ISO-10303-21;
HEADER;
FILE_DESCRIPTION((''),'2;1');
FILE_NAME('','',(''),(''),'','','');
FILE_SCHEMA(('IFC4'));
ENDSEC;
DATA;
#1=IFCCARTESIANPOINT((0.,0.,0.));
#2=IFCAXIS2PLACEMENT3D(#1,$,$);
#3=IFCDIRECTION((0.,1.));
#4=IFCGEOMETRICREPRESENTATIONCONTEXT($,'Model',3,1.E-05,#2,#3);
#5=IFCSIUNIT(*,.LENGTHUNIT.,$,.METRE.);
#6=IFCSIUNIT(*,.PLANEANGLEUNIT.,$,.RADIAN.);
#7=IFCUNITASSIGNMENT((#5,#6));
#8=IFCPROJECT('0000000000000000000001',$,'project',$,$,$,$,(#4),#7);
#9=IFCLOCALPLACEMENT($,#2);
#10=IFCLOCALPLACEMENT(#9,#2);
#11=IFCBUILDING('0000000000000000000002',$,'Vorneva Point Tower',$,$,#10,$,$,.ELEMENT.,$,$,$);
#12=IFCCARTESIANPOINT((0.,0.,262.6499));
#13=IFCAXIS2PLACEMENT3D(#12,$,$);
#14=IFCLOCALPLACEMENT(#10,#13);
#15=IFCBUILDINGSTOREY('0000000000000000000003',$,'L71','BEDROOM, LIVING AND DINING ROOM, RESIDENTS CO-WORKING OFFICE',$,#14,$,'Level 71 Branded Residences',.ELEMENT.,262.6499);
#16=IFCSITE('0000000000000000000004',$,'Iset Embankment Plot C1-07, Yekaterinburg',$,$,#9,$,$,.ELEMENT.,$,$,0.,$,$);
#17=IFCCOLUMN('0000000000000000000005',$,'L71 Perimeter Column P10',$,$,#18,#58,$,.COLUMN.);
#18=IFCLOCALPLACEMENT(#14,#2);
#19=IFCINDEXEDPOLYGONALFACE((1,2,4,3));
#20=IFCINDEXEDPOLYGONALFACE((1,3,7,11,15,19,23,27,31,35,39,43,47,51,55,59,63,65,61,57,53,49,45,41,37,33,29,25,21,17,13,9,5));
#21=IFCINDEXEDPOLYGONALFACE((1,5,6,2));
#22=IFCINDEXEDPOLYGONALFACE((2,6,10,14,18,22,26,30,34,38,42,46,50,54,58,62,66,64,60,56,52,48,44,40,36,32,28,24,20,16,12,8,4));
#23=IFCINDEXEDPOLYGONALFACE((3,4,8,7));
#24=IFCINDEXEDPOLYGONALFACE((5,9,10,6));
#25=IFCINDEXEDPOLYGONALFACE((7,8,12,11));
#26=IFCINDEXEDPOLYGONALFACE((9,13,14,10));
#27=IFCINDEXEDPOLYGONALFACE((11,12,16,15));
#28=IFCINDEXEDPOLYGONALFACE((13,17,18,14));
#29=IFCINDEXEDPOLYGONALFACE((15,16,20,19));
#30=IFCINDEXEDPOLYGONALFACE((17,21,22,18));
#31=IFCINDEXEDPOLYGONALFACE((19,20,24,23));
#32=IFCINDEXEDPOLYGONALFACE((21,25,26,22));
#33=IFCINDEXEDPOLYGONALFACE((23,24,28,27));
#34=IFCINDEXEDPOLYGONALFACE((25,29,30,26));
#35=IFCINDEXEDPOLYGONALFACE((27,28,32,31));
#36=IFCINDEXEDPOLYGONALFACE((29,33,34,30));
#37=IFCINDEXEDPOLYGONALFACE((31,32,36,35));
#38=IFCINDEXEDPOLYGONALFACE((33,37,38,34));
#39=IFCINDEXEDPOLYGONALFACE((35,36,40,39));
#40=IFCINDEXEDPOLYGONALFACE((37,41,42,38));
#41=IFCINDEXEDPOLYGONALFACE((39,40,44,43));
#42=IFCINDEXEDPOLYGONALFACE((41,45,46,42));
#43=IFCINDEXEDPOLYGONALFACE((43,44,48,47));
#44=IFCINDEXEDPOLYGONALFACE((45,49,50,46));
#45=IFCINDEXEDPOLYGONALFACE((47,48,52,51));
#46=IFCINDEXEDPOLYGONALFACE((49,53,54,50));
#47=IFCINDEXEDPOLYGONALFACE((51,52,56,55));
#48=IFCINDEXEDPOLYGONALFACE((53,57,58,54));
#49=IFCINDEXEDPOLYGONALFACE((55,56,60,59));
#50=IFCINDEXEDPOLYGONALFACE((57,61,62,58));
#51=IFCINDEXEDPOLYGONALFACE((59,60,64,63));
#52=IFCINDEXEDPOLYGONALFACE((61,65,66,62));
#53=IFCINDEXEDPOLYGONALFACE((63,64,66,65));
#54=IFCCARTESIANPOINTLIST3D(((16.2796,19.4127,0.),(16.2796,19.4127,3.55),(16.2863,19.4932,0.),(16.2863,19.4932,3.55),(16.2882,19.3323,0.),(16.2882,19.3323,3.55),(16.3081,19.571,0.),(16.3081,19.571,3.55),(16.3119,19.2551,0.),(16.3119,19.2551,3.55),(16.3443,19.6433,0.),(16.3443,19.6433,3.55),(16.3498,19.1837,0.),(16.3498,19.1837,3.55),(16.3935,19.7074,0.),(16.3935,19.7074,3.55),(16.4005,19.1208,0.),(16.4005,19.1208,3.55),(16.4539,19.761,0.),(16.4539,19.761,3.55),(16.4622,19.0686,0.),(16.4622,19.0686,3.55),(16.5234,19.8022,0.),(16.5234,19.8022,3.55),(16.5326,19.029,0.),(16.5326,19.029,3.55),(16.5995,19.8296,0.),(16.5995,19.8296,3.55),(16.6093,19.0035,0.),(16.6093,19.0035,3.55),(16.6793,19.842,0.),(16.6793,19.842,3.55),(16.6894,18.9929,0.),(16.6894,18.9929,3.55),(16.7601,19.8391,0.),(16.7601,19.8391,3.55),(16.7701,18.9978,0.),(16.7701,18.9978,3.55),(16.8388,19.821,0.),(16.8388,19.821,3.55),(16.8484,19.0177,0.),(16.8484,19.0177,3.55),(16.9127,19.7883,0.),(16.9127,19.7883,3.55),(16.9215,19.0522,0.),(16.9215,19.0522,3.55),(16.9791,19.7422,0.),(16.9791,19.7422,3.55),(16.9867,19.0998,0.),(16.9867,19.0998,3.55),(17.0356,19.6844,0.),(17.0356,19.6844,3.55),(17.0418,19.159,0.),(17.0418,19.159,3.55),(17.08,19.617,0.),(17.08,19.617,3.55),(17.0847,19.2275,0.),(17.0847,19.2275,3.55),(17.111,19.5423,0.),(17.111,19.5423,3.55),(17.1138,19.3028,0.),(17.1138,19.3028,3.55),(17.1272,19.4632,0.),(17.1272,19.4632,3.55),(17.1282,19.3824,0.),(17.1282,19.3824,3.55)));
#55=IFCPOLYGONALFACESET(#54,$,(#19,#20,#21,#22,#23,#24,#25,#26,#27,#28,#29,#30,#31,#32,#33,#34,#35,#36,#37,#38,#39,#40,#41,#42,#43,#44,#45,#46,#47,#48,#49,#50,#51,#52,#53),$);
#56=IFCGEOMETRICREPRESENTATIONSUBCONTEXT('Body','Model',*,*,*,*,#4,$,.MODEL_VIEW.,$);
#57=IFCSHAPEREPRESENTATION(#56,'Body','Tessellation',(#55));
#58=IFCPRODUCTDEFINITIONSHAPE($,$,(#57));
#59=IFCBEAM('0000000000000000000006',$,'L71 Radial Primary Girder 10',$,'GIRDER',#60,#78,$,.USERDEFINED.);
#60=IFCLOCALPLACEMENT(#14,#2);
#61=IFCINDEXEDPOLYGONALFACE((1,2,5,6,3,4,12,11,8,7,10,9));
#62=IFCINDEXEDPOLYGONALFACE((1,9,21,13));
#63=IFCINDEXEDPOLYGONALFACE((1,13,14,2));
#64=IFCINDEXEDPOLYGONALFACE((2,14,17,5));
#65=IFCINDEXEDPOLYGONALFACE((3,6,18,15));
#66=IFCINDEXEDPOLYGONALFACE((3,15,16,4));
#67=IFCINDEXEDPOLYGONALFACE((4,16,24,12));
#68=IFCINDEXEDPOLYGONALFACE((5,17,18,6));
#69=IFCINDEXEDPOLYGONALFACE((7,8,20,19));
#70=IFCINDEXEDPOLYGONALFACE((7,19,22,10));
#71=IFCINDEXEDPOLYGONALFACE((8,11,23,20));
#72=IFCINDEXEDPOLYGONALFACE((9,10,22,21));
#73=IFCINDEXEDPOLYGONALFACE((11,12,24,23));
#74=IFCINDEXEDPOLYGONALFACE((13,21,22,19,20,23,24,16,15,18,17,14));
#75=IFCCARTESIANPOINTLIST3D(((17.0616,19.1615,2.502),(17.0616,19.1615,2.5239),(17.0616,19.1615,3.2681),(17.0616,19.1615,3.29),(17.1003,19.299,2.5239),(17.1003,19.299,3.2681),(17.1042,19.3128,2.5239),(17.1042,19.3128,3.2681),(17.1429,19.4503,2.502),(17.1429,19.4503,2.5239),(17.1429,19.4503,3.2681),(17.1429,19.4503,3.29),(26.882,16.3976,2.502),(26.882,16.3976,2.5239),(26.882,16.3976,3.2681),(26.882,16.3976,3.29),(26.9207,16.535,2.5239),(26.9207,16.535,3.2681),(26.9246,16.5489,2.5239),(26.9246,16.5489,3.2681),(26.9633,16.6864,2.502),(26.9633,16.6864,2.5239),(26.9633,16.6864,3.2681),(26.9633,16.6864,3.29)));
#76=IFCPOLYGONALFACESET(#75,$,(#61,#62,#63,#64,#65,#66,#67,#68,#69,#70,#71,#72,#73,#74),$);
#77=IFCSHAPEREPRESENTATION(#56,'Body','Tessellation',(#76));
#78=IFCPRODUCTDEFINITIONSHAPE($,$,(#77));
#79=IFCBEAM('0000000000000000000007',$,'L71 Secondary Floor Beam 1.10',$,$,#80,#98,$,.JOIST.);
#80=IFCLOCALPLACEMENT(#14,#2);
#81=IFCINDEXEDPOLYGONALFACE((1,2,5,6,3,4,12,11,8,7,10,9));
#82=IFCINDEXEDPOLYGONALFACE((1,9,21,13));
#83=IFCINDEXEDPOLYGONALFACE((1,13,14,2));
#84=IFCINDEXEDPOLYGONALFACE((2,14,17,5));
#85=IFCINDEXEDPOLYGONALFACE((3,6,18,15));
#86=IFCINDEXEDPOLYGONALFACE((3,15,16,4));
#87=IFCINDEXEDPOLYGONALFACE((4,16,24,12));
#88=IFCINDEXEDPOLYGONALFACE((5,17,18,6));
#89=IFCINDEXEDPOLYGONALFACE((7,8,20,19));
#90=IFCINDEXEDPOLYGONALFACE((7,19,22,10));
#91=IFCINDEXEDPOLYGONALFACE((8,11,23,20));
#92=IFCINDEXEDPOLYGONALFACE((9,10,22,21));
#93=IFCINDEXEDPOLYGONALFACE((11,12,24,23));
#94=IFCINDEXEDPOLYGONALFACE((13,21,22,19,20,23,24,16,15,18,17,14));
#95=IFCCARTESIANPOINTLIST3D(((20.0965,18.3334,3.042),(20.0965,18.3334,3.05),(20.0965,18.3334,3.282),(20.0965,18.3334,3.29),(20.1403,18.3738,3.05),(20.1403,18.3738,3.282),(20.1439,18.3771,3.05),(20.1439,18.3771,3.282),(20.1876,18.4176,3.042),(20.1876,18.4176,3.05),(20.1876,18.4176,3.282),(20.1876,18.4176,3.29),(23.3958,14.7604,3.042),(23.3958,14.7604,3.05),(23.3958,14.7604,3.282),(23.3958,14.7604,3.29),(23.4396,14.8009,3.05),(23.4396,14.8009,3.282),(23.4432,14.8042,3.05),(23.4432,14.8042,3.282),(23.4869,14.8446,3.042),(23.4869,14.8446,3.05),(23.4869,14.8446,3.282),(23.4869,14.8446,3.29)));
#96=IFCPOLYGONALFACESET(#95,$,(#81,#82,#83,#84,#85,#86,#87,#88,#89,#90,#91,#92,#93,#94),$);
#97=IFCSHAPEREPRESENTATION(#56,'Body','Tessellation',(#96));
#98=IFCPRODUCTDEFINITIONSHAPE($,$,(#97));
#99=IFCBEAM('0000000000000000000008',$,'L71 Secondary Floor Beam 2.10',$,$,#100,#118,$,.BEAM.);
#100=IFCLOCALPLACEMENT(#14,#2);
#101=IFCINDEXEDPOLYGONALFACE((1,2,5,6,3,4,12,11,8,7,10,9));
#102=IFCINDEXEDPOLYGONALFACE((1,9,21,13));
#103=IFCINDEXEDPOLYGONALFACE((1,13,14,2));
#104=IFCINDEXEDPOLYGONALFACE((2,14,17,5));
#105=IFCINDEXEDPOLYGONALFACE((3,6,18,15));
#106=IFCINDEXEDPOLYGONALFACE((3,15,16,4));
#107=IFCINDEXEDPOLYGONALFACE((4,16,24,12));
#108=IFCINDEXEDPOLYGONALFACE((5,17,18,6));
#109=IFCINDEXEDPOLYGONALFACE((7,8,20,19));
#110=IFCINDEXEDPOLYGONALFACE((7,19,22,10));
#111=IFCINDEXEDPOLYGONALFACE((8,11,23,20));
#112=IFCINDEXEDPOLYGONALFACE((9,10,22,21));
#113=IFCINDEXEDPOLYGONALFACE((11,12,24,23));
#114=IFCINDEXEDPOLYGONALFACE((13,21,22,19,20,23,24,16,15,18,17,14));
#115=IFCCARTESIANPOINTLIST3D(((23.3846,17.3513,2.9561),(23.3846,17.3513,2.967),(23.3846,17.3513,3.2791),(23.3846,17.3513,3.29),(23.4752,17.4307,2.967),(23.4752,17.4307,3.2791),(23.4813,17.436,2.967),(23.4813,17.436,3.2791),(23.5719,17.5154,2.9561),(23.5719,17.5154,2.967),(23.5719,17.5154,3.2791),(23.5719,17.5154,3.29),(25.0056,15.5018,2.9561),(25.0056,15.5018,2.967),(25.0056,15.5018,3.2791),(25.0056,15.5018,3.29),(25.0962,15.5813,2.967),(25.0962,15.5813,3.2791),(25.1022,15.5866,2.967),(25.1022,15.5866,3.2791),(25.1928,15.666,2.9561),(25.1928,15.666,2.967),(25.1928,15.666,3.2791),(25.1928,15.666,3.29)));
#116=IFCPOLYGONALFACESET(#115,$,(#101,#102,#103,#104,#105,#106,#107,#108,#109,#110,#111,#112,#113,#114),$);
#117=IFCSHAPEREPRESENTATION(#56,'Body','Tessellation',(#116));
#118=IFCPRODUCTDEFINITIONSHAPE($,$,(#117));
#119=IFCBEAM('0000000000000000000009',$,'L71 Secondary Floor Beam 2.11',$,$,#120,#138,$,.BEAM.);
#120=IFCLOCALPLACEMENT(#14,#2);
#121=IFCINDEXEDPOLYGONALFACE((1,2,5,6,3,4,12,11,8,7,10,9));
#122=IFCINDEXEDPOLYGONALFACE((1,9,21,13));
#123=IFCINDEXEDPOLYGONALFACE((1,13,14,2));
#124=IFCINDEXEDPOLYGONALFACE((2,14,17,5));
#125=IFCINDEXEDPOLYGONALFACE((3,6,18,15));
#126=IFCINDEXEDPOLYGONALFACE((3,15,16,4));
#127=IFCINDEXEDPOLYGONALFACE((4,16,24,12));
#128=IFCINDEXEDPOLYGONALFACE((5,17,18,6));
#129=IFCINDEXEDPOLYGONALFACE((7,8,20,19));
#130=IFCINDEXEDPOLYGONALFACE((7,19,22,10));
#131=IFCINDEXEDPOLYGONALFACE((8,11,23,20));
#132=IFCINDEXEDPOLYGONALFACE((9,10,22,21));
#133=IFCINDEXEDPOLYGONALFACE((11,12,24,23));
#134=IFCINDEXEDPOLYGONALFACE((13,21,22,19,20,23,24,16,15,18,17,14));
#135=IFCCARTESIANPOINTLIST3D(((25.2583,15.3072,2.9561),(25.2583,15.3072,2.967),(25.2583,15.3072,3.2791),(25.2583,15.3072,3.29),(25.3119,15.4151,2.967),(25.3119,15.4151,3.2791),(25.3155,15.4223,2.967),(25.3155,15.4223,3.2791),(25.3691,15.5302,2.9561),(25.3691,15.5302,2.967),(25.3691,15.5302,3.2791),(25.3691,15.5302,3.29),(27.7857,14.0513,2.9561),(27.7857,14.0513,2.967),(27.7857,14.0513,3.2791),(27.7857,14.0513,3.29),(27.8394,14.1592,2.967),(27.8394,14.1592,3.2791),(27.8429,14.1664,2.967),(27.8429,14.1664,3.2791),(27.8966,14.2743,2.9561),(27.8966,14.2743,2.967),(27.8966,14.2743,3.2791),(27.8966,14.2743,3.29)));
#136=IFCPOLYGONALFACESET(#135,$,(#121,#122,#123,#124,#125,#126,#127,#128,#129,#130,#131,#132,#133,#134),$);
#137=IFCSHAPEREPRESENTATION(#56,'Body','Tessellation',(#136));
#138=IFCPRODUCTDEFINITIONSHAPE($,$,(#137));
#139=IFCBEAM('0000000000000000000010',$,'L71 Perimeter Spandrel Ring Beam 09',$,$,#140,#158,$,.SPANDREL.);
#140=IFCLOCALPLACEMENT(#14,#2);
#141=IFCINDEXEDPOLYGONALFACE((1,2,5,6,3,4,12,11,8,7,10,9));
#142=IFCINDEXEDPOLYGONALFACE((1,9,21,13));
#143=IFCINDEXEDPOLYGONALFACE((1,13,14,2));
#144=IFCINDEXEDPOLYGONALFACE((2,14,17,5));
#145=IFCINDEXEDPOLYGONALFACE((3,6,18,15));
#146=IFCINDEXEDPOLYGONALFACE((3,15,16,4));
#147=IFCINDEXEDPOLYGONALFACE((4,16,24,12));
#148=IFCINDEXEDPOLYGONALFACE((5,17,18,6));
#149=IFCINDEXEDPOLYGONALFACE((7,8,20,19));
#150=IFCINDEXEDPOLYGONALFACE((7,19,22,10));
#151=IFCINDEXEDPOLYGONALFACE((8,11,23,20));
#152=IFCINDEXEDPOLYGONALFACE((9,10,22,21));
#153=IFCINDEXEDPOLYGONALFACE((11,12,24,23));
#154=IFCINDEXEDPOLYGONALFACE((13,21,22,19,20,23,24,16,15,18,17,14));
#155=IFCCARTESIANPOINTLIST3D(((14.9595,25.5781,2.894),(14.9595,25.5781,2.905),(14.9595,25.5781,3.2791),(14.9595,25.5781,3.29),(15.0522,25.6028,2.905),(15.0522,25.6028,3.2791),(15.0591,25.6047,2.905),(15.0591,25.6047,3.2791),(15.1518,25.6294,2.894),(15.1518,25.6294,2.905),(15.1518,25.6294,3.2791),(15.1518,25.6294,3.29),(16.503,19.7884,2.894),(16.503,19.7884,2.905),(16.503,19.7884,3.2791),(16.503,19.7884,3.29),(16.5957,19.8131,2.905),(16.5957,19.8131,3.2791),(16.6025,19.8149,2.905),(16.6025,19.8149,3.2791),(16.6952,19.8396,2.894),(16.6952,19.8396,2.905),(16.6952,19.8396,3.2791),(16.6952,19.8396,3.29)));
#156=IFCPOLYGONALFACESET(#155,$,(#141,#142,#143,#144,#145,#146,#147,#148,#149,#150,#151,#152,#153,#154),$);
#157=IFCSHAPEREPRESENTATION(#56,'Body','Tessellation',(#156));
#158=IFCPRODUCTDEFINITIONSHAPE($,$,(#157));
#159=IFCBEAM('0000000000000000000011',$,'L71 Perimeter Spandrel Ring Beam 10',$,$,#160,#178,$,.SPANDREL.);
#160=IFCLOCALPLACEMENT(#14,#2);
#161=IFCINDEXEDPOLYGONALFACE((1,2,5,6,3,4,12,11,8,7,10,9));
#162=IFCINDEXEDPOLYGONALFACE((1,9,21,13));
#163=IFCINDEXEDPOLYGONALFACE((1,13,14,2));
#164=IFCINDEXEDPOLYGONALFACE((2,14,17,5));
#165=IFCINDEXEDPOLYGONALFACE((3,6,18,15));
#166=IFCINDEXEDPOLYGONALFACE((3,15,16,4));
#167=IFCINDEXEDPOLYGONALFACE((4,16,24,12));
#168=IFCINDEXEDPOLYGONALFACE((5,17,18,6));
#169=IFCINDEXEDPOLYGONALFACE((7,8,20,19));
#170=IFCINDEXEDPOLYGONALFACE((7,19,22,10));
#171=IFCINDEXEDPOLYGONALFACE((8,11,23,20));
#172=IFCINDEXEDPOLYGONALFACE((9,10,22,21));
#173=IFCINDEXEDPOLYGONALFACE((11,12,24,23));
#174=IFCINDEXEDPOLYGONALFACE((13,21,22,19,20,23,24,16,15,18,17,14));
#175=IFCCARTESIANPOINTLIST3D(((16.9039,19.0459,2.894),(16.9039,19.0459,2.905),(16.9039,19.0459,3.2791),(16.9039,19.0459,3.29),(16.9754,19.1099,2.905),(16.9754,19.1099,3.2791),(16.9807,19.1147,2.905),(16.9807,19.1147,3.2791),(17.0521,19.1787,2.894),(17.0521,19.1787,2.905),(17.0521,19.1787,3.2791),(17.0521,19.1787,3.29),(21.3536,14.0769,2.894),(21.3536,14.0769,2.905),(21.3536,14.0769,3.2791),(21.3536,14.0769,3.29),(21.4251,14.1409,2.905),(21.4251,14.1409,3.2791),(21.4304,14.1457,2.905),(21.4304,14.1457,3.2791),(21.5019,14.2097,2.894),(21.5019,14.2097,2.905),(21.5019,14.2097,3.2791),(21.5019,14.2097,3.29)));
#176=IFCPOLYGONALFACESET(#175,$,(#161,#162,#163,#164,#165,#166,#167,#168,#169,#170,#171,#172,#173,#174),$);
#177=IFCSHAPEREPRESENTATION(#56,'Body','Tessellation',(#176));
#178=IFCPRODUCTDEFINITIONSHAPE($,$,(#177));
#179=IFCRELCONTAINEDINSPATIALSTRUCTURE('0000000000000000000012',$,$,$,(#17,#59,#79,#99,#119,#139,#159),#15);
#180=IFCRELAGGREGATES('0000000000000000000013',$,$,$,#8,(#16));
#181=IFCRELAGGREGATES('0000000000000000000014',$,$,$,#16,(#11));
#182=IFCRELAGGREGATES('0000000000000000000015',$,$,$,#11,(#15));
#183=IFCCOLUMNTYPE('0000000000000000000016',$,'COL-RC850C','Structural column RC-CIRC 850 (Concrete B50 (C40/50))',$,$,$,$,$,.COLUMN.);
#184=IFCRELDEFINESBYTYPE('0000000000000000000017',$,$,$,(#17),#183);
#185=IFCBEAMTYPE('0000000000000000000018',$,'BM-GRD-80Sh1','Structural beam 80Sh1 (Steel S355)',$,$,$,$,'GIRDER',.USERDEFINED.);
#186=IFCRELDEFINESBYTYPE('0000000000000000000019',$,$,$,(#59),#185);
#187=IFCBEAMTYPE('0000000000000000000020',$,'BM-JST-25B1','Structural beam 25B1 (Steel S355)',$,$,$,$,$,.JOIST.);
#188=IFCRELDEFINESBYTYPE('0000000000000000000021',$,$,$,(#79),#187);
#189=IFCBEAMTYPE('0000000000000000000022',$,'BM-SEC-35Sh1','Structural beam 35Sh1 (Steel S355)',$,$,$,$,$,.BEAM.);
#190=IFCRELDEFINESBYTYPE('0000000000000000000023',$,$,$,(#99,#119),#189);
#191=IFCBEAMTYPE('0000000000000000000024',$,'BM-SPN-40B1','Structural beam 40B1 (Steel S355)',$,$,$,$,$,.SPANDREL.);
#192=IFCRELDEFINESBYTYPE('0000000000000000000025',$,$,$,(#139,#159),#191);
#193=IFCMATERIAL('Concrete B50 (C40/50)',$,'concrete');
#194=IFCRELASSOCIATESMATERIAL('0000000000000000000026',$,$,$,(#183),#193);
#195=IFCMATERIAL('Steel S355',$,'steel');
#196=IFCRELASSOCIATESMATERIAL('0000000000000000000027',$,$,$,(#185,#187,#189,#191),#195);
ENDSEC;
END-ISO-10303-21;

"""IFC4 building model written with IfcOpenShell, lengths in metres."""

from ifc_helpers import new_model, si_unit, direction, frame, origin, origin_2d, place, context, subcontext, project, spatial, circle, i_section, extrude, material, material_profile, profile_set, type_object, element, save


model = new_model("IFC4")

# Units and contexts
model_context = context("Model", 3, precision=1e-05, world=origin(), true_north=direction((0.0, 1.0)))
body_context = subcontext(model_context, "Body", "Model", "MODEL_VIEW")
ifc_project = project(units=[si_unit("LENGTHUNIT", "METRE"), si_unit("PLANEANGLEUNIT", "RADIAN")], contexts=[model_context])

# Site, building, storey
site_placement = place(None, origin())
site = spatial("IfcSite", under=ifc_project, at=site_placement, Name="Iset Embankment Plot C1-07, Yekaterinburg", CompositionType="ELEMENT", RefElevation=0.0)
building_placement = place(site_placement, origin())
building = spatial("IfcBuilding", under=site, at=building_placement, Name="Vorneva Point Tower", CompositionType="ELEMENT")
storey_placement = place(building_placement, frame((0.0, 0.0, 262.6499)))
storey = spatial("IfcBuildingStorey", under=building, at=storey_placement, Name="L71", Description="BEDROOM, LIVING AND DINING ROOM, RESIDENTS CO-WORKING OFFICE", LongName="Level 71 Branded Residences", CompositionType="ELEMENT", Elevation=262.6499)

# Column
ifc_material_1 = material(Name="Concrete B50 (C40/50)", Category="concrete")
ifc_material_profile_1 = material_profile(ifc_material_1, circle(Radius=0.425, at=origin_2d()), Name="RC-CIRC 850")
ifc_profile_set_1 = profile_set([ifc_material_profile_1], Name="Concrete B50 (C40/50)")
column_type = type_object("IfcColumnType", Name="COL-RC850C", Description="Structural column RC-CIRC 850 (Concrete B50 (C40/50))", PredefinedType="COLUMN", material=ifc_profile_set_1)
column_placement = place(storey_placement, frame((16.7046, 19.4177, 0.0), z_axis=(0.0, 0.0, 1.0), x_axis=(-0.92388, -0.382683, 0.0)))
element("IfcColumn", 1, at=column_placement, inside=storey, type_object=column_type, Name="L71 Perimeter Column P10", PredefinedType="COLUMN", context=body_context, shape_type="SweptSolid", body=[
    extrude(circle(Radius=0.425, at=origin_2d()), origin(), (0.0, 0.0, 1.0), 3.55),
])

# Beams
ifc_material_2 = material(Name="Steel S355", Category="steel")
ifc_material_profile_2 = material_profile(ifc_material_2, i_section(OverallWidth=0.3, OverallDepth=0.7881, WebThickness=0.0144, FlangeThickness=0.022, at=origin_2d()), Name="80Sh1")
ifc_profile_set_2 = profile_set([ifc_material_profile_2], Name="Steel S355")
beam_type_1 = type_object("IfcBeamType", Name="BM-GRD-80Sh1", Description="Structural beam 80Sh1 (Steel S355)", ElementType="GIRDER", PredefinedType="USERDEFINED", material=ifc_profile_set_2)
beam_1_placement = place(storey_placement, frame((17.1023, 19.3059, 2.896), z_axis=(0.962601, -0.270923, 0.0), x_axis=(0.270923, 0.962601, 0.0)))
element("IfcBeam", 2, at=beam_1_placement, inside=storey, type_object=beam_type_1, Name="L71 Radial Primary Girder 10", ObjectType="GIRDER", PredefinedType="USERDEFINED", context=body_context, shape_type="SweptSolid", body=[
    extrude(i_section(OverallWidth=0.3, OverallDepth=0.7881, WebThickness=0.0144, FlangeThickness=0.022, at=origin_2d()), origin(), (0.0, 0.0, 1.0), 10.2019),
])
ifc_material_profile_3 = material_profile(ifc_material_2, i_section(OverallWidth=0.124, OverallDepth=0.248, WebThickness=0.0049, FlangeThickness=0.0081, at=origin_2d()), Name="25B1")
ifc_profile_set_3 = profile_set([ifc_material_profile_3], Name="Steel S355")
beam_type_2 = type_object("IfcBeamType", Name="BM-JST-25B1", Description="Structural beam 25B1 (Steel S355)", PredefinedType="JOIST", material=ifc_profile_set_3)
beam_2_placement = place(storey_placement, frame((20.1421, 18.3755, 3.166), z_axis=(0.678409, -0.734684, 0.0), x_axis=(0.734684, 0.678409, 0.0)))
element("IfcBeam", 3, at=beam_2_placement, inside=storey, type_object=beam_type_2, Name="L71 Secondary Floor Beam 1.10", PredefinedType="JOIST", context=body_context, shape_type="SweptSolid", body=[
    extrude(i_section(OverallWidth=0.124, OverallDepth=0.248, WebThickness=0.0049, FlangeThickness=0.0081, at=origin_2d()), origin(), (0.0, 0.0, 1.0), 4.8633),
])
ifc_material_profile_4 = material_profile(ifc_material_2, i_section(OverallWidth=0.249, OverallDepth=0.334, WebThickness=0.0081, FlangeThickness=0.011, at=origin_2d()), Name="35Sh1")
ifc_profile_set_4 = profile_set([ifc_material_profile_4], Name="Steel S355")
beam_type_3 = type_object("IfcBeamType", Name="BM-SEC-35Sh1", Description="Structural beam 35Sh1 (Steel S355)", PredefinedType="BEAM", material=ifc_profile_set_4)
beam_3_placement = place(storey_placement, frame((23.4783, 17.4333, 3.123), z_axis=(0.659116, -0.752041, 0.0), x_axis=(0.752041, 0.659116, 0.0)))
element("IfcBeam", 4, at=beam_3_placement, inside=storey, type_object=beam_type_3, Name="L71 Secondary Floor Beam 2.10", PredefinedType="BEAM", context=body_context, shape_type="SweptSolid", body=[
    extrude(i_section(OverallWidth=0.249, OverallDepth=0.334, WebThickness=0.0081, FlangeThickness=0.011, at=origin_2d()), origin(), (0.0, 0.0, 1.0), 2.4592),
])
beam_4_placement = place(storey_placement, frame((25.3137, 15.4187, 3.123), z_axis=(0.895532, -0.444998, 0.0), x_axis=(0.444998, 0.895532, 0.0)))
element("IfcBeam", 5, at=beam_4_placement, inside=storey, type_object=beam_type_3, Name="L71 Secondary Floor Beam 2.11", PredefinedType="BEAM", context=body_context, shape_type="SweptSolid", body=[
    extrude(i_section(OverallWidth=0.249, OverallDepth=0.334, WebThickness=0.0081, FlangeThickness=0.011, at=origin_2d()), origin(), (0.0, 0.0, 1.0), 2.8223),
])
ifc_material_profile_5 = material_profile(ifc_material_2, i_section(OverallWidth=0.199, OverallDepth=0.396, WebThickness=0.0071, FlangeThickness=0.011, at=origin_2d()), Name="40B1")
ifc_profile_set_5 = profile_set([ifc_material_profile_5], Name="Steel S355")
beam_type_4 = type_object("IfcBeamType", Name="BM-SPN-40B1", Description="Structural beam 40B1 (Steel S355)", PredefinedType="SPANDREL", material=ifc_profile_set_5)
beam_5_placement = place(storey_placement, frame((15.0557, 25.6038, 3.092), z_axis=(0.257587, -0.966255, 0.0), x_axis=(0.966255, 0.257587, 0.0)))
element("IfcBeam", 6, at=beam_5_placement, inside=storey, type_object=beam_type_4, Name="L71 Perimeter Spandrel Ring Beam 09", PredefinedType="SPANDREL", context=body_context, shape_type="SweptSolid", body=[
    extrude(i_section(OverallWidth=0.199, OverallDepth=0.396, WebThickness=0.0071, FlangeThickness=0.011, at=origin_2d()), origin(), (0.0, 0.0, 1.0), 5.9919),
])
beam_6_placement = place(storey_placement, frame((16.978, 19.1123, 3.092), z_axis=(0.667108, -0.744961, 0.0), x_axis=(0.744961, 0.667108, 0.0)))
element("IfcBeam", 7, at=beam_6_placement, inside=storey, type_object=beam_type_4, Name="L71 Perimeter Spandrel Ring Beam 10", PredefinedType="SPANDREL", context=body_context, shape_type="SweptSolid", body=[
    extrude(i_section(OverallWidth=0.199, OverallDepth=0.396, WebThickness=0.0071, FlangeThickness=0.011, at=origin_2d()), origin(), (0.0, 0.0, 1.0), 6.6702),
])

save(model, "model.ifc")
